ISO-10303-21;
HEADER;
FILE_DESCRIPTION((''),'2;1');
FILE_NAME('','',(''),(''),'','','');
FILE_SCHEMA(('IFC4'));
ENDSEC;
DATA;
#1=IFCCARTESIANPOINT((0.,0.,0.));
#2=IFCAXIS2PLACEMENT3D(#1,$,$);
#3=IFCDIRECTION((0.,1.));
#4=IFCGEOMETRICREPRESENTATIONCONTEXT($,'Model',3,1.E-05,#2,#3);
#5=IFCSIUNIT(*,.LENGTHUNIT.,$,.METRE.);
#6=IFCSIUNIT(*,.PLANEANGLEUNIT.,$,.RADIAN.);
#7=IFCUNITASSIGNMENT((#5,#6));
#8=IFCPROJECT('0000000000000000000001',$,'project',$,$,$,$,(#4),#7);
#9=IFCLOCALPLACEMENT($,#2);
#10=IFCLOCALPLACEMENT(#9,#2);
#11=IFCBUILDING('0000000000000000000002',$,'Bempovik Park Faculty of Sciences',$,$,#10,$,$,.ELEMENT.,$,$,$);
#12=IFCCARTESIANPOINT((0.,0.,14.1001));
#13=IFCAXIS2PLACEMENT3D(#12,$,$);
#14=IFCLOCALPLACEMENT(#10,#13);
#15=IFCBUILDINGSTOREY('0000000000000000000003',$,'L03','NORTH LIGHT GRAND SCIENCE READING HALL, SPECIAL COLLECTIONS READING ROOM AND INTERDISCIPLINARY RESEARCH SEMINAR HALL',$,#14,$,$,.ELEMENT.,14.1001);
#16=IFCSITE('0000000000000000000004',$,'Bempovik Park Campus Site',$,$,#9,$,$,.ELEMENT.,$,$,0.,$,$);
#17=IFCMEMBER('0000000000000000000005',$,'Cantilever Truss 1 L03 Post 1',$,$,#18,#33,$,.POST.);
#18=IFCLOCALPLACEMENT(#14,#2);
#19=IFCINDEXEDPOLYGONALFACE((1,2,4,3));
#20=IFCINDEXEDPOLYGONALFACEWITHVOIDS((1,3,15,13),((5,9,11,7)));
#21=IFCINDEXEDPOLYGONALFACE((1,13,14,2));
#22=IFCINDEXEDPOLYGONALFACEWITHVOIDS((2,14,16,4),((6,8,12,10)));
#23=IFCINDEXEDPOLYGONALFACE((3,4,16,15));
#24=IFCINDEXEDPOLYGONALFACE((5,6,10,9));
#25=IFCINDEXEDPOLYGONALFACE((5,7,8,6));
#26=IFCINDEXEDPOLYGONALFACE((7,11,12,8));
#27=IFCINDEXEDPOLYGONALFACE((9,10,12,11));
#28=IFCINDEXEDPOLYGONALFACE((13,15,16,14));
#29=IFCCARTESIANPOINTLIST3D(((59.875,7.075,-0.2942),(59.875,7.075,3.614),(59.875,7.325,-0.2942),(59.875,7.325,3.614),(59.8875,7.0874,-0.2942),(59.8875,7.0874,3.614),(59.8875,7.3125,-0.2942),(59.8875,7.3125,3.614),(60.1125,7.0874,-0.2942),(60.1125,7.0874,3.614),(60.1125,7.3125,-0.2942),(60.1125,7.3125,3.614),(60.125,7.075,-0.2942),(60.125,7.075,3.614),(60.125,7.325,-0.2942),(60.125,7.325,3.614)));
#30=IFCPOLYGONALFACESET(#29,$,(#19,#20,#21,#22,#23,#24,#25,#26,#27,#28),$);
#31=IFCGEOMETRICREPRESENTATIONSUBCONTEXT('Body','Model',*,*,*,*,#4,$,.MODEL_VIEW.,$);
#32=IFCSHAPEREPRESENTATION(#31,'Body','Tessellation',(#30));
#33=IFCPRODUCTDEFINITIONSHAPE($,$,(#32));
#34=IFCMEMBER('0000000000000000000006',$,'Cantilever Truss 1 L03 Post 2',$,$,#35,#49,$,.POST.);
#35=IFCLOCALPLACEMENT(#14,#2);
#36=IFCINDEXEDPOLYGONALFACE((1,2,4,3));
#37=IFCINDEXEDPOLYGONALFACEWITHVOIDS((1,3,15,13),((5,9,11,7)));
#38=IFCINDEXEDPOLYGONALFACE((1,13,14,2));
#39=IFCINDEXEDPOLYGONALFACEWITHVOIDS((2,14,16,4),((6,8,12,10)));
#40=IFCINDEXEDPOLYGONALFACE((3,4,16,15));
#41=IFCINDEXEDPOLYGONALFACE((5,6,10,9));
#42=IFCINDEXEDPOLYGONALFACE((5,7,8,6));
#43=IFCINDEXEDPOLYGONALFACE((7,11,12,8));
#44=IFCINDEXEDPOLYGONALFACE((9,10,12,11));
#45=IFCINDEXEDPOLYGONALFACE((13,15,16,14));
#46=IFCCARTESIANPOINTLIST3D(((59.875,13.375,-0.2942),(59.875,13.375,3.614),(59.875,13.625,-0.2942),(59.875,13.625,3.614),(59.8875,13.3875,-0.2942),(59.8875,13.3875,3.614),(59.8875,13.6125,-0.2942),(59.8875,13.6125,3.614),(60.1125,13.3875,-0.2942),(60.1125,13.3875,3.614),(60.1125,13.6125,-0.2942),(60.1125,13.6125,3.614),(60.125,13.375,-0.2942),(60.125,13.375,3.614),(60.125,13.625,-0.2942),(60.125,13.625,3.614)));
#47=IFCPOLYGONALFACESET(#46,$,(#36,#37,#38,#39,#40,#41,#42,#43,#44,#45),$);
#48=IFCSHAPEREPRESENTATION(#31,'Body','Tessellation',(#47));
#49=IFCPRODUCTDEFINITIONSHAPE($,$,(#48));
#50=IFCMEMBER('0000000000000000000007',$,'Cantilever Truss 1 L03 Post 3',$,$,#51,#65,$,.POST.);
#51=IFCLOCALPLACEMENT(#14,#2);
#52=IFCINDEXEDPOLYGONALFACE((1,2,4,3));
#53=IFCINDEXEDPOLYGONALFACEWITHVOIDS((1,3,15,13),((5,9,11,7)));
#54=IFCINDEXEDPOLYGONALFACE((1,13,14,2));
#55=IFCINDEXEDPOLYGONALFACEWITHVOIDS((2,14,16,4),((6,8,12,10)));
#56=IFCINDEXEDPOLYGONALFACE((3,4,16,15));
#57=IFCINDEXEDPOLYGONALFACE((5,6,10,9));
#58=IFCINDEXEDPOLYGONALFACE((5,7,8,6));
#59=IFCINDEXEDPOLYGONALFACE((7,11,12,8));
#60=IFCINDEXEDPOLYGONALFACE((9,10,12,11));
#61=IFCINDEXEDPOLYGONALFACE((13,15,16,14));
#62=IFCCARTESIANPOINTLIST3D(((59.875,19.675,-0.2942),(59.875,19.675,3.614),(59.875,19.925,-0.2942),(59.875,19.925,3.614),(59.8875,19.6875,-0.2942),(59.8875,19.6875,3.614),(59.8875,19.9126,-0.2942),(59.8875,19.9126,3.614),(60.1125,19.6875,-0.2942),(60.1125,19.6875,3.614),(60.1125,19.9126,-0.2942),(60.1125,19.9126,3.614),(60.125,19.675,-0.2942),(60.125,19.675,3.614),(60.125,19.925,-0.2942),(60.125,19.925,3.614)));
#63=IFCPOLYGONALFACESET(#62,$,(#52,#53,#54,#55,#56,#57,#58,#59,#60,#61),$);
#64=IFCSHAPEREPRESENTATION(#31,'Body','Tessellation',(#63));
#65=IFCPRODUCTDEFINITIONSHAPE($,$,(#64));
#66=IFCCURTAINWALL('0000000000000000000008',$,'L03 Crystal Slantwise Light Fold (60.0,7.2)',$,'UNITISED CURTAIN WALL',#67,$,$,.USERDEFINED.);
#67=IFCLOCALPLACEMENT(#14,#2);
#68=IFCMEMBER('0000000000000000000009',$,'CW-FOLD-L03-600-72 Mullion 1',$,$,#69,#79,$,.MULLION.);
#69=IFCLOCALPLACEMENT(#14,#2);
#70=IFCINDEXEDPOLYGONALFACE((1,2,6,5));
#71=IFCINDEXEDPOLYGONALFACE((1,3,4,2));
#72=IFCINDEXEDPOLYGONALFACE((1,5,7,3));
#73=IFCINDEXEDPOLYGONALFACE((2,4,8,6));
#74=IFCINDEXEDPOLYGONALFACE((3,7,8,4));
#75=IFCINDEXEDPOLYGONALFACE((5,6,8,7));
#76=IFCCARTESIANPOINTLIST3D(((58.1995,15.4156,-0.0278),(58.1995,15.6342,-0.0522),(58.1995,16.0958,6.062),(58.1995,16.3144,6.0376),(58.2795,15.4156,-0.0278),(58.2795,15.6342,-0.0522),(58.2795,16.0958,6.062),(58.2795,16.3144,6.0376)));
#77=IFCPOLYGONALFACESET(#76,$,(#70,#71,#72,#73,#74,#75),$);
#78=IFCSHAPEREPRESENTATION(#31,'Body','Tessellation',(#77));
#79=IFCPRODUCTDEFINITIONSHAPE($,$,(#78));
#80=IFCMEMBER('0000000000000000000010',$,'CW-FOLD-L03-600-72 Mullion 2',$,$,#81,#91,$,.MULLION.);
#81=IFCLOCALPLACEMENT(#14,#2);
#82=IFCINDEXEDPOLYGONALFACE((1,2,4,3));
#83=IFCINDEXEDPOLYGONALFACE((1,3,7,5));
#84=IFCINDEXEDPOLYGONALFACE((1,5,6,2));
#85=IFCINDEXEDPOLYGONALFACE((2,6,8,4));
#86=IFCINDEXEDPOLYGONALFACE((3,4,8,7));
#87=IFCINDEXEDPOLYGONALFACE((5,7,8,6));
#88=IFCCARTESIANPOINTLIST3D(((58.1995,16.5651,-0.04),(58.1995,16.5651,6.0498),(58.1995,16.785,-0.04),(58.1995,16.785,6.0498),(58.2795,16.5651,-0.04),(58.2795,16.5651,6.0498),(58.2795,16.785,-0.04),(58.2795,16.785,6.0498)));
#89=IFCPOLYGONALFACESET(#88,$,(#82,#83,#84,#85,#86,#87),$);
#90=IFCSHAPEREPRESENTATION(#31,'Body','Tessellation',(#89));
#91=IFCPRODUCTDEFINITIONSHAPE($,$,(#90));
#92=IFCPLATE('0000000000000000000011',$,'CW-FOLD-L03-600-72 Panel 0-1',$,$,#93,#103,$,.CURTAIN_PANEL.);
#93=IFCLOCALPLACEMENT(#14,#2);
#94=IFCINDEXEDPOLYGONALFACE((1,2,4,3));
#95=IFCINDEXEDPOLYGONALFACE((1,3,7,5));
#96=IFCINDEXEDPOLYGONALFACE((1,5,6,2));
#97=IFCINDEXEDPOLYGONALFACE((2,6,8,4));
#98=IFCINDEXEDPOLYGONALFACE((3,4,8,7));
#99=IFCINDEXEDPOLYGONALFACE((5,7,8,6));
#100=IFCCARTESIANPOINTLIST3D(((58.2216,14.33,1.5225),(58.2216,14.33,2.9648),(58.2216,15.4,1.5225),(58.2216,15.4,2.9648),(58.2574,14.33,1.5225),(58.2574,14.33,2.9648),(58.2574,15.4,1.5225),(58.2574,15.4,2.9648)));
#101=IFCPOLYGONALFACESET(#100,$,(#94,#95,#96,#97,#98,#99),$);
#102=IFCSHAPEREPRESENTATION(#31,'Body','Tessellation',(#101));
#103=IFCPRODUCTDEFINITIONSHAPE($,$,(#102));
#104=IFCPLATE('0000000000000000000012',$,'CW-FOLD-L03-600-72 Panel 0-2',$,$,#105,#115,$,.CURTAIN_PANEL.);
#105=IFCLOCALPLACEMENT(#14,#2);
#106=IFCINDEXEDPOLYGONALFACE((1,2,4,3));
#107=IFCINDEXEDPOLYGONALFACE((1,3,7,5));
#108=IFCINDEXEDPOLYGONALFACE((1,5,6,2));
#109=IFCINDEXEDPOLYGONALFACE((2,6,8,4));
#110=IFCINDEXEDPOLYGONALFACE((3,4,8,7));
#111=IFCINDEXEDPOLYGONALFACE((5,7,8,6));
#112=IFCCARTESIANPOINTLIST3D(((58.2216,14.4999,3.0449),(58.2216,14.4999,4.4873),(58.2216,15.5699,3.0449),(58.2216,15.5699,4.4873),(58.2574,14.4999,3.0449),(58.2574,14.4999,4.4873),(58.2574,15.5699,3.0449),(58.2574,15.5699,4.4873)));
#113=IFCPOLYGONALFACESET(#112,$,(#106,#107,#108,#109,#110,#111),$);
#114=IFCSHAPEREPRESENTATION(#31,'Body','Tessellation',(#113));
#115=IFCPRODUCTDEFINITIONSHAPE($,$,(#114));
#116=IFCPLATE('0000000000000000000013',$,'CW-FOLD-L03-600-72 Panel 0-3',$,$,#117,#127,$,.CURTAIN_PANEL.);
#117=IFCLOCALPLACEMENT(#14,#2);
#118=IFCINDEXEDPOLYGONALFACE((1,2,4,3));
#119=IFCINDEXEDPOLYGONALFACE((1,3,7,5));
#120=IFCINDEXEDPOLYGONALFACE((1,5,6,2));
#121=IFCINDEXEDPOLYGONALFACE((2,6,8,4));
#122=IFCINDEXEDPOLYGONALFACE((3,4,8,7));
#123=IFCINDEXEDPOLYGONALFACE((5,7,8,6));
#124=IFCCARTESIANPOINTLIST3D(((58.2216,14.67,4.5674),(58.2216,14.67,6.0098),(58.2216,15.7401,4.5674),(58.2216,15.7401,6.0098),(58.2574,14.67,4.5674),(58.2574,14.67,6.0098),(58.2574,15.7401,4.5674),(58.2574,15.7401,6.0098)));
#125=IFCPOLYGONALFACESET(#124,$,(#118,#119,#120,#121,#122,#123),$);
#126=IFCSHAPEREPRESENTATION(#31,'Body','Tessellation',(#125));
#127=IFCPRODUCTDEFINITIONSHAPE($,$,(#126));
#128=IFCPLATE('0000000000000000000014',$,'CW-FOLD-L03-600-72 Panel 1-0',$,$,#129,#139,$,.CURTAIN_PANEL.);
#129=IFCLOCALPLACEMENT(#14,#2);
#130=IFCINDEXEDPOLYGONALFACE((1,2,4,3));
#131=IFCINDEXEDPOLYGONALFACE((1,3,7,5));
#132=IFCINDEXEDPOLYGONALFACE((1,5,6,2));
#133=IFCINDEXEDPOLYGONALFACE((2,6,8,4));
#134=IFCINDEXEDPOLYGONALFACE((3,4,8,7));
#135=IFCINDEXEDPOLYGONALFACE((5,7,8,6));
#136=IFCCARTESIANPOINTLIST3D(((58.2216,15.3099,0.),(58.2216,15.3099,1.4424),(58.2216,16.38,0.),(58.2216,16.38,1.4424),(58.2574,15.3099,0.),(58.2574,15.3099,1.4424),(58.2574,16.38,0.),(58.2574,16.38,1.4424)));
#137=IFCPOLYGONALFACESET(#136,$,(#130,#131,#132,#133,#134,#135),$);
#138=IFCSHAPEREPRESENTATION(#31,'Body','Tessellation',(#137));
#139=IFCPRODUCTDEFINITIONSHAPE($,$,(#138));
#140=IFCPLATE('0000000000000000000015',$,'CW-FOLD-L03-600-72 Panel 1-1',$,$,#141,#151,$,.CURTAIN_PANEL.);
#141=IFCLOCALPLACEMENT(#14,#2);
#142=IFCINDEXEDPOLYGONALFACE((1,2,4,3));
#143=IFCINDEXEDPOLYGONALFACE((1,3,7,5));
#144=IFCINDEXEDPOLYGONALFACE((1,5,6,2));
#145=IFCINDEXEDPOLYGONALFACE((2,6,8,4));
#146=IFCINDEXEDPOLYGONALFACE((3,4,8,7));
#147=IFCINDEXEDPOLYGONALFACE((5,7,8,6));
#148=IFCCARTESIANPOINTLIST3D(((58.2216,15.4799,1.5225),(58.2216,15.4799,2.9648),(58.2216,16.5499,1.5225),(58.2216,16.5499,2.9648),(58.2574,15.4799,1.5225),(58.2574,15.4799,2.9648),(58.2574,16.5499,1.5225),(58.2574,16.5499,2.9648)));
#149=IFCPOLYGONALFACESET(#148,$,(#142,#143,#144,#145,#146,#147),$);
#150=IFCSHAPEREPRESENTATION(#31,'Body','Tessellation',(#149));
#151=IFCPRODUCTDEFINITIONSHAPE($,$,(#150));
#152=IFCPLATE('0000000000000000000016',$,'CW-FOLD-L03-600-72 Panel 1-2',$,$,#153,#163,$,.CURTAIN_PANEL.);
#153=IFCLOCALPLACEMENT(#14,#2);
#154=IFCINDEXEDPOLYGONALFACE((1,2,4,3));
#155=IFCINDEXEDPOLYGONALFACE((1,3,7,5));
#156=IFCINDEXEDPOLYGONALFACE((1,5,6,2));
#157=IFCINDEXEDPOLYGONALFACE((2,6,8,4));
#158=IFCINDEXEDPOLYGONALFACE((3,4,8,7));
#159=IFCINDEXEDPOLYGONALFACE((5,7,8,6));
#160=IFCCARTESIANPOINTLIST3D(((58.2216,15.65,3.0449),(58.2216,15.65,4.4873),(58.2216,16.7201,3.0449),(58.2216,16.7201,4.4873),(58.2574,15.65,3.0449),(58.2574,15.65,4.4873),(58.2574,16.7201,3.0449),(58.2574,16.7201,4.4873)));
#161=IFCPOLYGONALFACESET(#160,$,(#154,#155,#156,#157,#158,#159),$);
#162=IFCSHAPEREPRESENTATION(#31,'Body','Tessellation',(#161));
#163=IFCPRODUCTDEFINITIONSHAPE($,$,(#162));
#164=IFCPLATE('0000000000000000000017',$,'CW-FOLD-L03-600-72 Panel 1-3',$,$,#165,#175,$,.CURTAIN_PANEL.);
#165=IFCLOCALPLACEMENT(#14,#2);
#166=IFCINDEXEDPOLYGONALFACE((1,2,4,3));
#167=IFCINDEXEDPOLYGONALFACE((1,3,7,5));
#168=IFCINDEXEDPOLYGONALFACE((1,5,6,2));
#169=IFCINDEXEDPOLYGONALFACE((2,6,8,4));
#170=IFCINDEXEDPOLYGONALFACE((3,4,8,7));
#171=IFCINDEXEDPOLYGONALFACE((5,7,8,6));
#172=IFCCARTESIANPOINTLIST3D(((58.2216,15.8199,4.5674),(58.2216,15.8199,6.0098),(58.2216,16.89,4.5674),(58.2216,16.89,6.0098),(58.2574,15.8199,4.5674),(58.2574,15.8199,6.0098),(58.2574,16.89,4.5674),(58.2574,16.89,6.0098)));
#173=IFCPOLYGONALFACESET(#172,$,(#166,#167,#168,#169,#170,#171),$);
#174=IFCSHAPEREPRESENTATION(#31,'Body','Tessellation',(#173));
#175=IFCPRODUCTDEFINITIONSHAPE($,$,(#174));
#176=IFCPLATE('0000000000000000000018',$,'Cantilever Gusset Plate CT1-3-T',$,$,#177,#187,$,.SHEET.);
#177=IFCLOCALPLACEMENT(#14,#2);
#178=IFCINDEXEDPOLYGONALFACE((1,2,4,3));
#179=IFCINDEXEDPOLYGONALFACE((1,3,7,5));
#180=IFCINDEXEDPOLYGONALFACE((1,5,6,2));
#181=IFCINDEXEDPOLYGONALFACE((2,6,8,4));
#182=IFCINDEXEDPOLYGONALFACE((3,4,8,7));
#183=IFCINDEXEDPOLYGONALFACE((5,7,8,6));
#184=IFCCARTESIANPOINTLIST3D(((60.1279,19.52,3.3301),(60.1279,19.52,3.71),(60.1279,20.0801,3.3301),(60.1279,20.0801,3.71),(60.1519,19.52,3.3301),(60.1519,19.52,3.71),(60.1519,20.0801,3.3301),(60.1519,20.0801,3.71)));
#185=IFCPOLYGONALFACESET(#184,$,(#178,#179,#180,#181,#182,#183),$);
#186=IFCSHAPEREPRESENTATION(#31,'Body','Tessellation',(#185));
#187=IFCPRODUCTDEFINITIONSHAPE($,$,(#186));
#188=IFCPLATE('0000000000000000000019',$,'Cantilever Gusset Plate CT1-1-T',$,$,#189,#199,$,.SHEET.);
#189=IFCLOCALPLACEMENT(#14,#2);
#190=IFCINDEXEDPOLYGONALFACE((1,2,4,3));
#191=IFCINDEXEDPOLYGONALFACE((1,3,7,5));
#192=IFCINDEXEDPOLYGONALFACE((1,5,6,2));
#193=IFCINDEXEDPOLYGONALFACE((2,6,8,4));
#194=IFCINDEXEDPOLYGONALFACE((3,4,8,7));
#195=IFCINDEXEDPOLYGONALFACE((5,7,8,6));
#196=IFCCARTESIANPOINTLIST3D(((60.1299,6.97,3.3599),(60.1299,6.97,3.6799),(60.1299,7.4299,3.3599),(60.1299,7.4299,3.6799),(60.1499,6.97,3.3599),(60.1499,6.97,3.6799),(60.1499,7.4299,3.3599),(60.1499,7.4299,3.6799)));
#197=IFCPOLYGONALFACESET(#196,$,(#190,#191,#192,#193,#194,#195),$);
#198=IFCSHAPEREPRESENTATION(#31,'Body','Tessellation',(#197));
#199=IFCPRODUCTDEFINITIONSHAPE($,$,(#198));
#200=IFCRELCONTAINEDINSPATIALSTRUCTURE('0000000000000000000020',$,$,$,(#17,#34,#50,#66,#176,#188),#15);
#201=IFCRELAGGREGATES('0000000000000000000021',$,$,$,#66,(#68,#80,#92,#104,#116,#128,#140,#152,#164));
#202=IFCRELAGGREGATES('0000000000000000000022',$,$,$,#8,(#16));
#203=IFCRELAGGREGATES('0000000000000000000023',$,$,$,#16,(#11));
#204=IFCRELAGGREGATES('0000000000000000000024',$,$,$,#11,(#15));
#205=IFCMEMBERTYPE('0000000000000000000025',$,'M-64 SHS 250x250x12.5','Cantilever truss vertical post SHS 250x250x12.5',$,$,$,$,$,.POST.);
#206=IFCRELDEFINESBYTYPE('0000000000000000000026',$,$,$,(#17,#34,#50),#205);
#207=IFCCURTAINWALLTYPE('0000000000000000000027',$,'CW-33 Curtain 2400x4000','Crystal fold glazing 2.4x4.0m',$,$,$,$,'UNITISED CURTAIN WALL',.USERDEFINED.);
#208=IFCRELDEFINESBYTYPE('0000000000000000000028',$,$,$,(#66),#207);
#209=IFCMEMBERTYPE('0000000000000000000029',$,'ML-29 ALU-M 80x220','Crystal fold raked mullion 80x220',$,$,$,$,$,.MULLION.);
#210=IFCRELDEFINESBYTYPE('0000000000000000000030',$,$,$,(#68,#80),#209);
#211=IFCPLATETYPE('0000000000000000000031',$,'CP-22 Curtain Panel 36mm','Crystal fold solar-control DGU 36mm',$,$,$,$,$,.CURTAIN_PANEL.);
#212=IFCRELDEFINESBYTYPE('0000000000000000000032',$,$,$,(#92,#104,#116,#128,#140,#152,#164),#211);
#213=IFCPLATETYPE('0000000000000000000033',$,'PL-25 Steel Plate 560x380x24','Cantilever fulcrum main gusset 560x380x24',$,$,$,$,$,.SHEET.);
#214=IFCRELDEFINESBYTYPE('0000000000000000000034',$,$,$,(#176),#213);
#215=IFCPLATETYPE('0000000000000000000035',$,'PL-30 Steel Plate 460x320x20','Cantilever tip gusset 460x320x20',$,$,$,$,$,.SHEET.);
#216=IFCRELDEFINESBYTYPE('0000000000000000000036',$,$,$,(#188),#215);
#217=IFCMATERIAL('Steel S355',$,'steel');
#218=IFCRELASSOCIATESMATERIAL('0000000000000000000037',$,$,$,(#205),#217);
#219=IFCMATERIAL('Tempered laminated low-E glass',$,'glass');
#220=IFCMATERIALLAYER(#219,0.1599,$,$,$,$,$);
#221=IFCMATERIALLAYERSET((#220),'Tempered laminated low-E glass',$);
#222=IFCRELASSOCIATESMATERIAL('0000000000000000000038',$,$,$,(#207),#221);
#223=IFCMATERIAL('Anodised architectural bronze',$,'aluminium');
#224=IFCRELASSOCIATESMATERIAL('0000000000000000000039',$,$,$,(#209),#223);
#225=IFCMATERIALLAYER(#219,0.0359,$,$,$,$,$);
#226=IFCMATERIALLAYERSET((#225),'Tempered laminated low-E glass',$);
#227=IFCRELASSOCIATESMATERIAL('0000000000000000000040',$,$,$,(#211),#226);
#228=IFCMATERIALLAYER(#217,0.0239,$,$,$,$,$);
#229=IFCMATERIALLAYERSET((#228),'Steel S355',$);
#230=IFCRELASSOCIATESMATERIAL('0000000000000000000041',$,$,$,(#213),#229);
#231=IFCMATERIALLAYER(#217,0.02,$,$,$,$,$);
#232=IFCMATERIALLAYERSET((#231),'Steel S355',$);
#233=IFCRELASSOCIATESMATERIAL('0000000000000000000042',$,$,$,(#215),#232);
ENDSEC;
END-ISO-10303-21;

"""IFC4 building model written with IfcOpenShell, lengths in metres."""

from ifc_helpers import new_model, si_unit, direction, frame, origin, origin_2d, place, context, subcontext, project, spatial, rectangle, hollow_rectangle, extrude, material, layer, layer_set, material_profile, profile_set, type_object, element, aggregate, save


model = new_model("IFC4")

# Units and contexts
model_context = context("Model", 3, precision=1e-05, world=origin(), true_north=direction((0.0, 1.0)))
body_context = subcontext(model_context, "Body", "Model", "MODEL_VIEW")
ifc_project = project(units=[si_unit("LENGTHUNIT", "METRE"), si_unit("PLANEANGLEUNIT", "RADIAN")], contexts=[model_context])

# Site, building, storey
site_placement = place(None, origin())
site = spatial("IfcSite", under=ifc_project, at=site_placement, Name="Bempovik Park Campus Site", CompositionType="ELEMENT", RefElevation=0.0)
building_placement = place(site_placement, origin())
building = spatial("IfcBuilding", under=site, at=building_placement, Name="Bempovik Park Faculty of Sciences", CompositionType="ELEMENT")
storey_placement = place(building_placement, frame((0.0, 0.0, 14.1001)))
storey = spatial("IfcBuildingStorey", under=building, at=storey_placement, Name="L03", Description="NORTH LIGHT GRAND SCIENCE READING HALL, SPECIAL COLLECTIONS READING ROOM AND INTERDISCIPLINARY RESEARCH SEMINAR HALL", CompositionType="ELEMENT", Elevation=14.1001)

# Shared definitions
ifc_material_1 = material(Name="Steel S355", Category="steel")

# Members
ifc_material_profile_1 = material_profile(ifc_material_1, hollow_rectangle(XDim=0.25, YDim=0.25, WallThickness=0.0125, at=origin_2d()), Name="SHS 250x250x12.5")
ifc_profile_set_1 = profile_set([ifc_material_profile_1], Name="Steel S355")
member_type_1 = type_object("IfcMemberType", Name="M-64 SHS 250x250x12.5", Description="Cantilever truss vertical post SHS 250x250x12.5", PredefinedType="POST", material=ifc_profile_set_1)
for number, where, z_axis, x_axis, name in (
    (1, (60.0, 7.2, -0.2942), (0.0, 0.0, 1.0), (1.0, 0.0, 0.0), "Cantilever Truss 1 L03 Post 1"),
    (2, (60.0, 13.5, -0.2942), (0.0, 0.0, 1.0), (1.0, 0.0, 0.0), "Cantilever Truss 1 L03 Post 2"),
    (3, (60.0, 19.8, -0.2942), (0.0, 0.0, 1.0), (1.0, 0.0, 0.0), "Cantilever Truss 1 L03 Post 3"),
):
    element("IfcMember", number, at=place(storey_placement, frame(where, z_axis=z_axis, x_axis=x_axis)), inside=storey, type_object=member_type_1, Name=name, PredefinedType="POST", context=body_context, shape_type="SweptSolid", body=[
        extrude(hollow_rectangle(XDim=0.25, YDim=0.25, WallThickness=0.0125, at=origin_2d()), origin(), (0.0, 0.0, 1.0), 3.9082),
    ])

# Curtain wall, members, plates
ifc_material_2 = material(Name="Tempered laminated low-E glass", Category="glass")
ifc_layer_1 = layer(ifc_material_2, 0.1599)
ifc_layer_set_1 = layer_set([ifc_layer_1], Name="Tempered laminated low-E glass")
curtain_wall_type = type_object("IfcCurtainWallType", Name="CW-33 Curtain 2400x4000", Description="Crystal fold glazing 2.4x4.0m", ElementType="UNITISED CURTAIN WALL", PredefinedType="USERDEFINED", material=ifc_layer_set_1)
curtain_wall_placement = place(storey_placement, origin())
curtain_wall = element("IfcCurtainWall", 4, at=curtain_wall_placement, inside=storey, type_object=curtain_wall_type, Name="L03 Crystal Slantwise Light Fold (60.0,7.2)", ObjectType="UNITISED CURTAIN WALL", PredefinedType="USERDEFINED")
ifc_material_3 = material(Name="Anodised architectural bronze", Category="aluminium")
ifc_material_profile_2 = material_profile(ifc_material_3, rectangle(XDim=0.0801, YDim=0.22, at=origin_2d()), Name="ALU-M 80x220")
ifc_profile_set_2 = profile_set([ifc_material_profile_2], Name="Anodised architectural bronze")
member_type_2 = type_object("IfcMemberType", Name="ML-29 ALU-M 80x220", Description="Crystal fold raked mullion 80x220", PredefinedType="MULLION", material=ifc_profile_set_2)
member_1_placement = place(storey_placement, frame((58.2395, 15.5249, -0.04), z_axis=(0.0, 0.111, 0.99382), x_axis=(-1.0, 0.0, 0.0)))
member_1 = element("IfcMember", 5, at=member_1_placement, type_object=member_type_2, Name="CW-FOLD-L03-600-72 Mullion 1", PredefinedType="MULLION", context=body_context, shape_type="SweptSolid", body=[
    extrude(rectangle(XDim=0.0801, YDim=0.22, at=origin_2d()), origin(), (0.0, 0.0, 1.0), 6.1277),
])
member_2_placement = place(storey_placement, frame((58.2395, 16.675, -0.04), z_axis=(0.0, 0.0, 1.0), x_axis=(1.0, 0.0, 0.0)))
member_2 = element("IfcMember", 6, at=member_2_placement, type_object=member_type_2, Name="CW-FOLD-L03-600-72 Mullion 2", PredefinedType="MULLION", context=body_context, shape_type="SweptSolid", body=[
    extrude(rectangle(XDim=0.0801, YDim=0.22, at=origin_2d()), origin(), (0.0, 0.0, 1.0), 6.0898),
])
ifc_layer_2 = layer(ifc_material_2, 0.0359)
ifc_layer_set_2 = layer_set([ifc_layer_2], Name="Tempered laminated low-E glass")
plate_type_1 = type_object("IfcPlateType", Name="CP-22 Curtain Panel 36mm", Description="Crystal fold solar-control DGU 36mm", PredefinedType="CURTAIN_PANEL", material=ifc_layer_set_2)
plate_1_placement = place(storey_placement, frame((58.2395, 14.865, 1.5225), z_axis=(0.0, 0.0, 1.0), x_axis=(0.0, 1.0, 0.0)))
plate_1 = element("IfcPlate", 7, at=plate_1_placement, type_object=plate_type_1, Name="CW-FOLD-L03-600-72 Panel 0-1", PredefinedType="CURTAIN_PANEL", context=body_context, shape_type="SweptSolid", body=[
    extrude(rectangle(XDim=1.0701, YDim=0.0359, at=origin_2d()), origin(), (0.0, 0.0, 1.0), 1.4424),
])
plate_2_placement = place(storey_placement, frame((58.2395, 15.0349, 3.0449), z_axis=(0.0, 0.0, 1.0), x_axis=(0.0, 1.0, 0.0)))
plate_2 = element("IfcPlate", 8, at=plate_2_placement, type_object=plate_type_1, Name="CW-FOLD-L03-600-72 Panel 0-2", PredefinedType="CURTAIN_PANEL", context=body_context, shape_type="SweptSolid", body=[
    extrude(rectangle(XDim=1.0701, YDim=0.0359, at=origin_2d()), origin(), (0.0, 0.0, 1.0), 1.4424),
])
plate_3_placement = place(storey_placement, frame((58.2395, 15.2051, 4.5674), z_axis=(0.0, 0.0, 1.0), x_axis=(0.0, 1.0, 0.0)))
plate_3 = element("IfcPlate", 9, at=plate_3_placement, type_object=plate_type_1, Name="CW-FOLD-L03-600-72 Panel 0-3", PredefinedType="CURTAIN_PANEL", context=body_context, shape_type="SweptSolid", body=[
    extrude(rectangle(XDim=1.0701, YDim=0.0359, at=origin_2d()), origin(), (0.0, 0.0, 1.0), 1.4424),
])
plate_4_placement = place(storey_placement, frame((58.2395, 15.845, 0.0), z_axis=(0.0, 0.0, 1.0), x_axis=(0.0, 1.0, 0.0)))
plate_4 = element("IfcPlate", 10, at=plate_4_placement, type_object=plate_type_1, Name="CW-FOLD-L03-600-72 Panel 1-0", PredefinedType="CURTAIN_PANEL", context=body_context, shape_type="SweptSolid", body=[
    extrude(rectangle(XDim=1.0701, YDim=0.0359, at=origin_2d()), origin(), (0.0, 0.0, 1.0), 1.4424),
])
plate_5_placement = place(storey_placement, frame((58.2395, 16.0149, 1.5225), z_axis=(0.0, 0.0, 1.0), x_axis=(0.0, 1.0, 0.0)))
plate_5 = element("IfcPlate", 11, at=plate_5_placement, type_object=plate_type_1, Name="CW-FOLD-L03-600-72 Panel 1-1", PredefinedType="CURTAIN_PANEL", context=body_context, shape_type="SweptSolid", body=[
    extrude(rectangle(XDim=1.0701, YDim=0.0359, at=origin_2d()), origin(), (0.0, 0.0, 1.0), 1.4424),
])
plate_6_placement = place(storey_placement, frame((58.2395, 16.1851, 3.0449), z_axis=(0.0, 0.0, 1.0), x_axis=(0.0, 1.0, 0.0)))
plate_6 = element("IfcPlate", 12, at=plate_6_placement, type_object=plate_type_1, Name="CW-FOLD-L03-600-72 Panel 1-2", PredefinedType="CURTAIN_PANEL", context=body_context, shape_type="SweptSolid", body=[
    extrude(rectangle(XDim=1.0701, YDim=0.0359, at=origin_2d()), origin(), (0.0, 0.0, 1.0), 1.4424),
])
plate_7_placement = place(storey_placement, frame((58.2395, 16.355, 4.5674), z_axis=(0.0, 0.0, 1.0), x_axis=(0.0, 1.0, 0.0)))
plate_7 = element("IfcPlate", 13, at=plate_7_placement, type_object=plate_type_1, Name="CW-FOLD-L03-600-72 Panel 1-3", PredefinedType="CURTAIN_PANEL", context=body_context, shape_type="SweptSolid", body=[
    extrude(rectangle(XDim=1.0701, YDim=0.0359, at=origin_2d()), origin(), (0.0, 0.0, 1.0), 1.4424),
])
aggregate(curtain_wall, [member_1, member_2, plate_1, plate_2, plate_3, plate_4, plate_5, plate_6, plate_7])

# Plates
ifc_layer_3 = layer(ifc_material_1, 0.0239)
ifc_layer_set_3 = layer_set([ifc_layer_3], Name="Steel S355")
plate_type_2 = type_object("IfcPlateType", Name="PL-25 Steel Plate 560x380x24", Description="Cantilever fulcrum main gusset 560x380x24", PredefinedType="SHEET", material=ifc_layer_set_3)
plate_8_placement = place(storey_placement, frame((60.1399, 19.8, 3.3301), z_axis=(0.0, 0.0, 1.0), x_axis=(1.0, 0.0, 0.0)))
element("IfcPlate", 14, at=plate_8_placement, inside=storey, type_object=plate_type_2, Name="Cantilever Gusset Plate CT1-3-T", PredefinedType="SHEET", context=body_context, shape_type="SweptSolid", body=[
    extrude(rectangle(XDim=0.0239, YDim=0.5601, at=origin_2d()), origin(), (0.0, 0.0, 1.0), 0.3799),
])
ifc_layer_4 = layer(ifc_material_1, 0.02)
ifc_layer_set_4 = layer_set([ifc_layer_4], Name="Steel S355")
plate_type_3 = type_object("IfcPlateType", Name="PL-30 Steel Plate 460x320x20", Description="Cantilever tip gusset 460x320x20", PredefinedType="SHEET", material=ifc_layer_set_4)
plate_9_placement = place(storey_placement, frame((60.1399, 7.2, 3.3599), z_axis=(0.0, 0.0, 1.0), x_axis=(1.0, 0.0, 0.0)))
element("IfcPlate", 15, at=plate_9_placement, inside=storey, type_object=plate_type_3, Name="Cantilever Gusset Plate CT1-1-T", PredefinedType="SHEET", context=body_context, shape_type="SweptSolid", body=[
    extrude(rectangle(XDim=0.02, YDim=0.46, at=origin_2d()), origin(), (0.0, 0.0, 1.0), 0.3201),
])

save(model, "model.ifc")
